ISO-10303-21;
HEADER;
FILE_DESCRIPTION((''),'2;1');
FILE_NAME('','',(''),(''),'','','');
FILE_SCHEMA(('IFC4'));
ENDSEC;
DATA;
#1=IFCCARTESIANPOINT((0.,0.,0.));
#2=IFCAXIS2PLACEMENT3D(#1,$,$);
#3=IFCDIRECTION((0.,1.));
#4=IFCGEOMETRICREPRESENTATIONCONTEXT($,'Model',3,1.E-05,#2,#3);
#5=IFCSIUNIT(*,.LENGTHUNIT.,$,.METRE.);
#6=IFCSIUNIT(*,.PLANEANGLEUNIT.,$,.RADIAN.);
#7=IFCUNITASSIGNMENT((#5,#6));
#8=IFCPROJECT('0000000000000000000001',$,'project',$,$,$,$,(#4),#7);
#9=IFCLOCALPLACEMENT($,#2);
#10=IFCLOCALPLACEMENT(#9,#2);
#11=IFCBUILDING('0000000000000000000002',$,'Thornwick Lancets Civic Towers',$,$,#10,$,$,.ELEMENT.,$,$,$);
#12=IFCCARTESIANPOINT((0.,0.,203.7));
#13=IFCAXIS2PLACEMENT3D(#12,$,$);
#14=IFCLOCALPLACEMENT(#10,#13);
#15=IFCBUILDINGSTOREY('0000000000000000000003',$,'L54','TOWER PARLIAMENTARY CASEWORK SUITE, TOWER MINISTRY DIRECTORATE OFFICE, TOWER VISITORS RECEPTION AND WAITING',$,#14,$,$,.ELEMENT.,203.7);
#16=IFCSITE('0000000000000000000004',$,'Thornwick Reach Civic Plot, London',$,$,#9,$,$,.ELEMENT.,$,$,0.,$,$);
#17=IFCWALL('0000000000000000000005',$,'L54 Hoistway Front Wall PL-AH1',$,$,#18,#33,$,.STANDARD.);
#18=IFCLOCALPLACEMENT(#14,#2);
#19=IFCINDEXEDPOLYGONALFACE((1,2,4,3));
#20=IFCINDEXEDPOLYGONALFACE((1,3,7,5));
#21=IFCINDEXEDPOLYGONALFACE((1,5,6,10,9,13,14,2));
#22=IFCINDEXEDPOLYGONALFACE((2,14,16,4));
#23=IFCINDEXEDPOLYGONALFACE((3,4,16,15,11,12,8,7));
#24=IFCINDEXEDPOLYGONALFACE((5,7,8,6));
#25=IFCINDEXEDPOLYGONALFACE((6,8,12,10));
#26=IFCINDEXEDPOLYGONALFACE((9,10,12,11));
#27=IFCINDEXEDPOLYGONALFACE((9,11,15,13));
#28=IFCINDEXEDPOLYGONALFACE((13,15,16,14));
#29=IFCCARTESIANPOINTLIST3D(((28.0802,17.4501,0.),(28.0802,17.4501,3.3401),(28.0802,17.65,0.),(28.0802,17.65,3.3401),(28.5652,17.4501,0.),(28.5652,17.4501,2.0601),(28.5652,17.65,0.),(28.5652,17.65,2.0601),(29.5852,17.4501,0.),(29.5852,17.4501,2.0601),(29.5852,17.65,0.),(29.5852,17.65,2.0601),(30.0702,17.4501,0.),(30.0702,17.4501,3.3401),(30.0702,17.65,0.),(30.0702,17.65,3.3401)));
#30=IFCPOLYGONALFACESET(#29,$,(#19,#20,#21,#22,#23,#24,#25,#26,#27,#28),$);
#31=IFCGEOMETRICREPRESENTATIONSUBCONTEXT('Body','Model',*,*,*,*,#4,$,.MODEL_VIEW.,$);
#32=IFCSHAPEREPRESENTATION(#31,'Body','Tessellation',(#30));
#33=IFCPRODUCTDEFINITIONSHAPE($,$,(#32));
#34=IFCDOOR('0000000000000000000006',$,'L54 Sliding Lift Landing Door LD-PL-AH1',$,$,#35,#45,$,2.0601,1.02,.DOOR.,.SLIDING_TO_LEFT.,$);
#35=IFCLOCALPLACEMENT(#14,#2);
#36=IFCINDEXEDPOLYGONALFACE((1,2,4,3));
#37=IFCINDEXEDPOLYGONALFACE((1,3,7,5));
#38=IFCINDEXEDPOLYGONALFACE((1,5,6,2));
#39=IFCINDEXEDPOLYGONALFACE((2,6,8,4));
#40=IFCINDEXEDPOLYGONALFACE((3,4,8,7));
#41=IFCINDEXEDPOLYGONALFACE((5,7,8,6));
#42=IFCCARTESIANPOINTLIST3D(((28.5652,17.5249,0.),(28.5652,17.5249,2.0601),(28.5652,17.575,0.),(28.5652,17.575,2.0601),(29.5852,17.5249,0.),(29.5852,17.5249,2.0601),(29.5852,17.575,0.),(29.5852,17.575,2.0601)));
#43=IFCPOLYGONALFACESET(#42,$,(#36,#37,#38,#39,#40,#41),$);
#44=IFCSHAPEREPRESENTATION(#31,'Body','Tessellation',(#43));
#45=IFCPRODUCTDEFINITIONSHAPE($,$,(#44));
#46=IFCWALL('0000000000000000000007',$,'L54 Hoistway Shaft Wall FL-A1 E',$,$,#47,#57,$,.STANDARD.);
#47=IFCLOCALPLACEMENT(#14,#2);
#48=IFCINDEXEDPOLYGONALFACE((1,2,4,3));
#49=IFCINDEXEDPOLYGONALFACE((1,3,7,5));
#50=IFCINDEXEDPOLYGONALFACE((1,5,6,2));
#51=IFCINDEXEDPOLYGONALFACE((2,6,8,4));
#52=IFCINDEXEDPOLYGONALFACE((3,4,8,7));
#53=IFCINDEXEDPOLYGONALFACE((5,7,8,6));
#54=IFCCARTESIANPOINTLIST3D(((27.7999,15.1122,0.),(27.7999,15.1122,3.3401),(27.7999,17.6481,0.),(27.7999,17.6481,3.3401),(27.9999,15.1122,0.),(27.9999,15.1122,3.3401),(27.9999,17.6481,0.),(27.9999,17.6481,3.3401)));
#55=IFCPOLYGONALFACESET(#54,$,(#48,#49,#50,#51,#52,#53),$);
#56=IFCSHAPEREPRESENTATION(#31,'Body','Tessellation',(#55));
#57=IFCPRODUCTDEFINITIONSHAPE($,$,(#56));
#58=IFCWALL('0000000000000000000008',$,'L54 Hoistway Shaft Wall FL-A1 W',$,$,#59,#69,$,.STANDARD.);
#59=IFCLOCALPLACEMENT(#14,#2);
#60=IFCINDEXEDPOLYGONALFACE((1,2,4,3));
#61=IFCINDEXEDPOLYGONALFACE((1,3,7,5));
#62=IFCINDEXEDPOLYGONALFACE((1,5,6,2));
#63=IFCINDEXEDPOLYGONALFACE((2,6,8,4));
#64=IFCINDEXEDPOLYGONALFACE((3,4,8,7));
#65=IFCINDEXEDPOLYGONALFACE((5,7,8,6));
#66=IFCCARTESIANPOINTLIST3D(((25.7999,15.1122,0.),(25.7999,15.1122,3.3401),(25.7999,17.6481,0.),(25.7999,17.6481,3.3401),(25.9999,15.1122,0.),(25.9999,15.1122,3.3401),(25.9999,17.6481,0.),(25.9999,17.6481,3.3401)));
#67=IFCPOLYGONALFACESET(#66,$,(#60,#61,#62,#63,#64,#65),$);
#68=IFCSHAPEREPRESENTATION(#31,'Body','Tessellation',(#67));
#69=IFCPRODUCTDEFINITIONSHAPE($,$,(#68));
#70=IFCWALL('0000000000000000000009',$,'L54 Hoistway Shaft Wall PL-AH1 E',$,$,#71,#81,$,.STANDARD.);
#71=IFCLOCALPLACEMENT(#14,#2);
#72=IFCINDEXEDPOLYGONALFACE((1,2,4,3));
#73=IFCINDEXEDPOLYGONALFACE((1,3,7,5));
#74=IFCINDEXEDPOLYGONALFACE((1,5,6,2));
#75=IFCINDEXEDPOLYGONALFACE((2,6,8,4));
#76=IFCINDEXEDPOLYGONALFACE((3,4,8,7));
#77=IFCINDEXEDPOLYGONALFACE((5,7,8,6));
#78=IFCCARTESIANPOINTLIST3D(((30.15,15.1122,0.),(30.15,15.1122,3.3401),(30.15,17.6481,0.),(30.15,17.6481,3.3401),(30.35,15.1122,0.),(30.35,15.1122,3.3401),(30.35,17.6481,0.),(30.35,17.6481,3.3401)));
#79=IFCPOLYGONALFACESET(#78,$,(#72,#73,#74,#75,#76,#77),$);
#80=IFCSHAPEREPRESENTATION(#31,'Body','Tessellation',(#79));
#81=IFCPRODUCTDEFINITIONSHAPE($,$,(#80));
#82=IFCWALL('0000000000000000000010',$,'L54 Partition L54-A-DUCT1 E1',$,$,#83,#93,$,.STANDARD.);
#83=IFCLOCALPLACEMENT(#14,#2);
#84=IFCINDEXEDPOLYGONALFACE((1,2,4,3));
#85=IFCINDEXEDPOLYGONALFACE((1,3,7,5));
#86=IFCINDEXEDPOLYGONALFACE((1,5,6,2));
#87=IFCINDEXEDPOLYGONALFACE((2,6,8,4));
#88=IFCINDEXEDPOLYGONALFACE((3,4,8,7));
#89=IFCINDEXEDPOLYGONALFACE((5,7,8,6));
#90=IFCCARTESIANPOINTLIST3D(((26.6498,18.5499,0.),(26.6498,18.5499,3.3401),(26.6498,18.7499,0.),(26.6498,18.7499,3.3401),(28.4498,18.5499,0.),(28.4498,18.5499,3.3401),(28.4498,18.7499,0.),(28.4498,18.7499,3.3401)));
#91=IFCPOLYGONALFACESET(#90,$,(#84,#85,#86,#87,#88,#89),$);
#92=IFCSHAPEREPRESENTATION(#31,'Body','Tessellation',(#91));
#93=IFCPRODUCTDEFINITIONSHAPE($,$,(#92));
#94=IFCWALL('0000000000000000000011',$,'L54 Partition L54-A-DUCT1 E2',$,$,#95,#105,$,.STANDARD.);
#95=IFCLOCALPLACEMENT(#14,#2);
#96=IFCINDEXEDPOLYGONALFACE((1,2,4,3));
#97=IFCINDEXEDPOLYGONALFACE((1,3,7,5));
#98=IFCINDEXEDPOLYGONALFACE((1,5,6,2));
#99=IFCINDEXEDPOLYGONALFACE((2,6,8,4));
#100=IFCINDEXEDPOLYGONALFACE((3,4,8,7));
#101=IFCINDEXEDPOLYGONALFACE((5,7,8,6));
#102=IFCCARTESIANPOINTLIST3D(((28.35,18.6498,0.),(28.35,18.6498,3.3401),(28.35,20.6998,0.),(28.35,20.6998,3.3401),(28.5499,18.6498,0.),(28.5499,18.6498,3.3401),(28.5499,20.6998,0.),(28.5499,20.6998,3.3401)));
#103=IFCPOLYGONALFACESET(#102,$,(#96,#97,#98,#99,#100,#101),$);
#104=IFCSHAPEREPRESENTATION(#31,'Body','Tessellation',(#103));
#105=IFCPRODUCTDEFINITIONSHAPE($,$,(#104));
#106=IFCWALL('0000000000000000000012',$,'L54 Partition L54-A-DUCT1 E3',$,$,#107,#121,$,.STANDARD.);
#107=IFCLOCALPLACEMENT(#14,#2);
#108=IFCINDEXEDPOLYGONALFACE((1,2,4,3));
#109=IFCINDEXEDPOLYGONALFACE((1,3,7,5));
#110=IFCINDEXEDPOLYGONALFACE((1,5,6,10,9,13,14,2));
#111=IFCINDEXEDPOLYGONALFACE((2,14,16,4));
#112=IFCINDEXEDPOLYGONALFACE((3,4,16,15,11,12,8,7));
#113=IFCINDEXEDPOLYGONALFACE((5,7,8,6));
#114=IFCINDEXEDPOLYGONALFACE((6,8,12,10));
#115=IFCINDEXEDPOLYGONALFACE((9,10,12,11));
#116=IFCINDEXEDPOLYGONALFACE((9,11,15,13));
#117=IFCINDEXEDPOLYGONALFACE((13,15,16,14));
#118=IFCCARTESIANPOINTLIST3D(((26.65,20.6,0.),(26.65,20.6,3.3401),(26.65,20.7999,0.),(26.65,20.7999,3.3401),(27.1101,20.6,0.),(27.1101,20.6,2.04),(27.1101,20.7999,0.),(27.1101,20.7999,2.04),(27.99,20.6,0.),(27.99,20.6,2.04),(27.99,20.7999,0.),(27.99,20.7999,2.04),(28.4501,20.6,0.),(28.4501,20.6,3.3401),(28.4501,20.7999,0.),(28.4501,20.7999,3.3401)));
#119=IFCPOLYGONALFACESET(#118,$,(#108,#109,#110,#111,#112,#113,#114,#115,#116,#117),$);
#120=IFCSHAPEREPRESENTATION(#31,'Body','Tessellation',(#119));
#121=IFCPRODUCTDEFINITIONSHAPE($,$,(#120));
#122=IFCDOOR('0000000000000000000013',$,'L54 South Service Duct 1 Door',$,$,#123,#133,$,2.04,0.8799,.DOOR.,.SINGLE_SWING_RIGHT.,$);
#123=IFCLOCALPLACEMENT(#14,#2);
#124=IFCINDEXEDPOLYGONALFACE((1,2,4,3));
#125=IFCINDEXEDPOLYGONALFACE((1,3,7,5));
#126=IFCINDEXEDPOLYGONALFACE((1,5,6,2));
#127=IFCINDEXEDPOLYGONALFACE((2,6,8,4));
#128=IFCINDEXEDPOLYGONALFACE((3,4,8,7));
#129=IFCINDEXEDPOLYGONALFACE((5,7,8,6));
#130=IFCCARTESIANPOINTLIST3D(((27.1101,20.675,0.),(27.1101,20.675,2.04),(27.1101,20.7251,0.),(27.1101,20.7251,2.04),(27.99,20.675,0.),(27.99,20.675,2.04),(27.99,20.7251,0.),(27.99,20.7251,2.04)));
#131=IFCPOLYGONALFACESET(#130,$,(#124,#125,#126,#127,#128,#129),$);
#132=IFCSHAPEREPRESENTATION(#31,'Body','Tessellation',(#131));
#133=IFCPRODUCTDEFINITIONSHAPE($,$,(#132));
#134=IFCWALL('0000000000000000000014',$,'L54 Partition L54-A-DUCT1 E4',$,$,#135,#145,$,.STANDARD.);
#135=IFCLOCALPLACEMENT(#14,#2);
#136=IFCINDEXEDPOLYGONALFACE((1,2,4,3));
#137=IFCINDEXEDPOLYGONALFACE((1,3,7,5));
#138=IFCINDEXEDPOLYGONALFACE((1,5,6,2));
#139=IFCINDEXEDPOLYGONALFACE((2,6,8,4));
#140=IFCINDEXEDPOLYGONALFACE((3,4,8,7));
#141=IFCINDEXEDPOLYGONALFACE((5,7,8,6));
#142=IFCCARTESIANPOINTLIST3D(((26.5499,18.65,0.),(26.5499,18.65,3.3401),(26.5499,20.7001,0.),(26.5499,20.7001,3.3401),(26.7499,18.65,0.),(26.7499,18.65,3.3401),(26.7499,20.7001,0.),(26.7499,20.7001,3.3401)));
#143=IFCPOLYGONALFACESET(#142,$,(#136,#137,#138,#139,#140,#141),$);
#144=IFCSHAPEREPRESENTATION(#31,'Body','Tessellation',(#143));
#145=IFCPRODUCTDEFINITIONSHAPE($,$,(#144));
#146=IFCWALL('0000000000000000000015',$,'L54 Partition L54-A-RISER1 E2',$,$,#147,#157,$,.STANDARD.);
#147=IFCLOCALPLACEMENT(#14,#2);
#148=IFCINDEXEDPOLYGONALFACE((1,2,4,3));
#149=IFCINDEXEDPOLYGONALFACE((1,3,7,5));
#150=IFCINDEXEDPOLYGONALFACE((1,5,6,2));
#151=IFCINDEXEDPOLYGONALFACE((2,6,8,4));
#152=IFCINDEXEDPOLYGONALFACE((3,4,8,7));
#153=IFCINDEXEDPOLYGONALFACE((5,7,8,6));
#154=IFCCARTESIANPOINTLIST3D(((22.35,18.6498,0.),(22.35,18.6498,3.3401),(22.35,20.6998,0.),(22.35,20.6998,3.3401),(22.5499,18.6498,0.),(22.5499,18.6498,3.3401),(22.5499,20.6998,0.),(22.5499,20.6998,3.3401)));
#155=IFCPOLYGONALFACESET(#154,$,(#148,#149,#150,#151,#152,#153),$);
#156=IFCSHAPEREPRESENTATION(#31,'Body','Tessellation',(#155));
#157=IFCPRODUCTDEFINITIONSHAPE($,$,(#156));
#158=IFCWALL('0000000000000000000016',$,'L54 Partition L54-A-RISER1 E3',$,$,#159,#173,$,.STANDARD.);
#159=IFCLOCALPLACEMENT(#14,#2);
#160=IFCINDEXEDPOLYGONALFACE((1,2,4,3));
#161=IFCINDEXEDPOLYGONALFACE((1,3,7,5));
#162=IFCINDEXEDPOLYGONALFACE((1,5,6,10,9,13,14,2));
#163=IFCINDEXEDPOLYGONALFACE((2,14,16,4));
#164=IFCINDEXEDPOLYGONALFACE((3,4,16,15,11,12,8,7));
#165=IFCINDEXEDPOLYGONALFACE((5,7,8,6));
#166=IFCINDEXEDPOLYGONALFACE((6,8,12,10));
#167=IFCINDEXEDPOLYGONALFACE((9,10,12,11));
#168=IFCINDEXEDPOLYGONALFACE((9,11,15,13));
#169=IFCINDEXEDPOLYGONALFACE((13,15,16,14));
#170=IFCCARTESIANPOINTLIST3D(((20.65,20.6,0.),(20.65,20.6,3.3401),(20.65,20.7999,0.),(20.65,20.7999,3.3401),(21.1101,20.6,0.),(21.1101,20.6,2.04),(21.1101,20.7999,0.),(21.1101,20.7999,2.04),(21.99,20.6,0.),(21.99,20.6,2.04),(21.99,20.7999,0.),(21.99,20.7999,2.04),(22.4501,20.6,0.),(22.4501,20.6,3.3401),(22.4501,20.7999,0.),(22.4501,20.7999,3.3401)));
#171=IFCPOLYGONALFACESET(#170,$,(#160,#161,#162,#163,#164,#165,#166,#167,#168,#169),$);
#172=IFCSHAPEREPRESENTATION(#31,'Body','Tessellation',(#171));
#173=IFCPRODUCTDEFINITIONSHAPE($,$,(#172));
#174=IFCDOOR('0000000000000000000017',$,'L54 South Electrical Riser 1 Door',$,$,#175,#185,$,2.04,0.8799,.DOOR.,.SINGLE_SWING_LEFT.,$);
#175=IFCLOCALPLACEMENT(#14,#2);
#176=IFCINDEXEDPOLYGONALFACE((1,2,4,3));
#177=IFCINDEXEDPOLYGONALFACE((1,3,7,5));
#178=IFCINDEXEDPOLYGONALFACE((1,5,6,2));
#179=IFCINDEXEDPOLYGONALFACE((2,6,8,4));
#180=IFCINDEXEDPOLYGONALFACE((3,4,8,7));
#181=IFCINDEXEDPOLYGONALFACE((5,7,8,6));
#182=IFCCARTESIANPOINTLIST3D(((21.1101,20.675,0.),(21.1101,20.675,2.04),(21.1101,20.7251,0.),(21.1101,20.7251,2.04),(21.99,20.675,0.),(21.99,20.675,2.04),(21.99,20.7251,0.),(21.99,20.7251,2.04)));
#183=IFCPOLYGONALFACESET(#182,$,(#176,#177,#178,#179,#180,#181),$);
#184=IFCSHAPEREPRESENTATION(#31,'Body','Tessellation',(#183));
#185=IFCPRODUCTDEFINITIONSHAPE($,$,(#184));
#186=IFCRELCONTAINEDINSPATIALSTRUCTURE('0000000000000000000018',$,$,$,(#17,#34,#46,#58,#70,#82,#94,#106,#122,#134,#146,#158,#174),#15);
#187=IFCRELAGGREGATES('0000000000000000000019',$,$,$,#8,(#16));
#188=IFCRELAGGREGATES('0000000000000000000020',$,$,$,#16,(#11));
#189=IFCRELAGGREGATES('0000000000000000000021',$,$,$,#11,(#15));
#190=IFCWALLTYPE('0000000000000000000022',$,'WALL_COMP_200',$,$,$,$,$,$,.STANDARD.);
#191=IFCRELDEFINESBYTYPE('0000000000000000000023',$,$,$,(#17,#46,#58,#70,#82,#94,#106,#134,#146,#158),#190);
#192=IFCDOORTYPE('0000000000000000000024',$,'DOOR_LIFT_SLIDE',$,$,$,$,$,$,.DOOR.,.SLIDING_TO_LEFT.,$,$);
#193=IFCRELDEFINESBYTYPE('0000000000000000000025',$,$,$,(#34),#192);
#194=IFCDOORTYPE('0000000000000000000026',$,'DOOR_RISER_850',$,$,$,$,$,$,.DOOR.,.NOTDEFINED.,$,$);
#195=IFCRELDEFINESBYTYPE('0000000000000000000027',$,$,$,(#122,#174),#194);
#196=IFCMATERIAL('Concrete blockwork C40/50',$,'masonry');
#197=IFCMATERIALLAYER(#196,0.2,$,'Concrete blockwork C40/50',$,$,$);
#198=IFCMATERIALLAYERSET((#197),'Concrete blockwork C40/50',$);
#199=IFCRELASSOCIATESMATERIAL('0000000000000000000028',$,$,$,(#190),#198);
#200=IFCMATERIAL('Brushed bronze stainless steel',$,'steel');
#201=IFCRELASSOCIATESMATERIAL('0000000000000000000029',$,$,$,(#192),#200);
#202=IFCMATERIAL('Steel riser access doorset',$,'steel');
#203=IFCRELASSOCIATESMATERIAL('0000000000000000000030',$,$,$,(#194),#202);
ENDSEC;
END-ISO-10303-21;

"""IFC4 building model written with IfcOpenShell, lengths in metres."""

from ifc_helpers import new_model, si_unit, direction, frame, frame_2d, origin, place, context, subcontext, project, spatial, rectangle, extrude, material, layer, layer_set, type_object, element, fill, save


model = new_model("IFC4")

# Units and contexts
model_context = context("Model", 3, precision=1e-05, world=origin(), true_north=direction((0.0, 1.0)))
body_context = subcontext(model_context, "Body", "Model", "MODEL_VIEW")
ifc_project = project(units=[si_unit("LENGTHUNIT", "METRE"), si_unit("PLANEANGLEUNIT", "RADIAN")], contexts=[model_context])

# Site, building, storey
site_placement = place(None, origin())
site = spatial("IfcSite", under=ifc_project, at=site_placement, Name="Thornwick Reach Civic Plot, London", CompositionType="ELEMENT", RefElevation=0.0)
building_placement = place(site_placement, origin())
building = spatial("IfcBuilding", under=site, at=building_placement, Name="Thornwick Lancets Civic Towers", CompositionType="ELEMENT")
storey_placement = place(building_placement, frame((0.0, 0.0, 203.7)))
storey = spatial("IfcBuildingStorey", under=building, at=storey_placement, Name="L54", Description="TOWER PARLIAMENTARY CASEWORK SUITE, TOWER MINISTRY DIRECTORATE OFFICE, TOWER VISITORS RECEPTION AND WAITING", CompositionType="ELEMENT", Elevation=203.7)

# Wall, opening, door
ifc_material_1 = material(Name="Concrete blockwork C40/50", Category="masonry")
ifc_layer_1 = layer(ifc_material_1, 0.2, Name="Concrete blockwork C40/50")
ifc_layer_set_1 = layer_set([ifc_layer_1], Name="Concrete blockwork C40/50")
wall_type_1 = type_object("IfcWallType", Name="WALL_COMP_200", PredefinedType="STANDARD", material=ifc_layer_set_1)
ifc_material_2 = material(Name="Brushed bronze stainless steel", Category="steel")
door_type_1 = type_object("IfcDoorType", Name="DOOR_LIFT_SLIDE", OperationType="SLIDING_TO_LEFT", PredefinedType="DOOR", material=ifc_material_2)
wall_1_placement = place(storey_placement, frame((28.0801, 17.55, 0.0), z_axis=(0.0, 0.0, 1.0), x_axis=(1.0, 0.0, 0.0)))
wall_1 = element("IfcWall", 1, at=wall_1_placement, inside=storey, type_object=wall_type_1, Name="L54 Hoistway Front Wall PL-AH1", PredefinedType="STANDARD", context=body_context, shape_type="SweptSolid", body=[
    extrude(rectangle(XDim=1.99, YDim=0.2, at=frame_2d((0.9951, 0.0))), origin(), (0.0, 0.0, 1.0), 3.3401),
])
opening_1_placement = place(wall_1_placement, frame((0.4851, 0.0, 0.0)))
opening_1 = element("IfcOpeningElement", 2, at=opening_1_placement, cuts=wall_1, PredefinedType="OPENING", context=body_context, shape_type="SweptSolid", body=[
    extrude(rectangle(XDim=1.02, YDim=2.0601, at=frame_2d((0.51, 1.03))), frame((0.0, 0.1099, 0.0), z_axis=(0.0, -1.0, 0.0), x_axis=(1.0, 0.0, 0.0)), (0.0, 0.0, 1.0), 0.22),
])
door_1_placement = place(opening_1_placement, origin())
door_1 = element("IfcDoor", 3, at=door_1_placement, inside=storey, type_object=door_type_1, Name="L54 Sliding Lift Landing Door LD-PL-AH1", OperationType="SLIDING_TO_LEFT", OverallHeight=2.0601, OverallWidth=1.02, PredefinedType="DOOR", context=body_context, shape_type="SweptSolid", body=[
    extrude(rectangle(XDim=1.02, YDim=2.0601, at=frame_2d((0.51, 1.03))), frame((0.0, 0.0249, 0.0), z_axis=(0.0, -1.0, 0.0), x_axis=(1.0, 0.0, 0.0)), (0.0, 0.0, 1.0), 0.05),
])
fill(opening_1, door_1)

# Walls
for number, where, z_axis, x_axis, name in (
    (4, (27.8999, 15.1121, 0.0), (0.0, 0.0, 1.0), (0.0, 1.0, 0.0), "L54 Hoistway Shaft Wall FL-A1 E"),
    (5, (25.8999, 15.1121, 0.0), (0.0, 0.0, 1.0), (0.0, 1.0, 0.0), "L54 Hoistway Shaft Wall FL-A1 W"),
    (6, (30.25, 15.1121, 0.0), (0.0, 0.0, 1.0), (0.0, 1.0, 0.0), "L54 Hoistway Shaft Wall PL-AH1 E"),
):
    element("IfcWall", number, at=place(storey_placement, frame(where, z_axis=z_axis, x_axis=x_axis)), inside=storey, type_object=wall_type_1, Name=name, PredefinedType="STANDARD", context=body_context, shape_type="SweptSolid", body=[
        extrude(rectangle(XDim=2.5359, YDim=0.2, at=frame_2d((1.2681, 0.0))), origin(), (0.0, 0.0, 1.0), 3.3401),
    ])
wall_2_placement = place(storey_placement, frame((26.6499, 18.6499, 0.0), z_axis=(0.0, 0.0, 1.0), x_axis=(1.0, 0.0, 0.0)))
element("IfcWall", 7, at=wall_2_placement, inside=storey, type_object=wall_type_1, Name="L54 Partition L54-A-DUCT1 E1", PredefinedType="STANDARD", context=body_context, shape_type="SweptSolid", body=[
    extrude(rectangle(XDim=1.8, YDim=0.2, at=frame_2d((0.8999, 0.0))), origin(), (0.0, 0.0, 1.0), 3.3401),
])
wall_3_placement = place(storey_placement, frame((28.45, 18.6499, 0.0), z_axis=(0.0, 0.0, 1.0), x_axis=(0.0, 1.0, 0.0)))
element("IfcWall", 8, at=wall_3_placement, inside=storey, type_object=wall_type_1, Name="L54 Partition L54-A-DUCT1 E2", PredefinedType="STANDARD", context=body_context, shape_type="SweptSolid", body=[
    extrude(rectangle(XDim=2.05, YDim=0.2, at=frame_2d((1.0249, 0.0))), origin(), (0.0, 0.0, 1.0), 3.3401),
])

# Wall, opening, door
wall_4_placement = place(storey_placement, frame((28.45, 20.7, 0.0), z_axis=(0.0, 0.0, 1.0), x_axis=(-1.0, 0.0, 0.0)))
wall_4 = element("IfcWall", 9, at=wall_4_placement, inside=storey, type_object=wall_type_1, Name="L54 Partition L54-A-DUCT1 E3", PredefinedType="STANDARD", context=body_context, shape_type="SweptSolid", body=[
    extrude(rectangle(XDim=1.8, YDim=0.2, at=frame_2d((0.8999, 0.0))), origin(), (0.0, 0.0, 1.0), 3.3401),
])
opening_2_placement = place(wall_4_placement, frame((0.46, 0.0, 0.0)))
opening_2 = element("IfcOpeningElement", 10, at=opening_2_placement, cuts=wall_4, PredefinedType="OPENING", context=body_context, shape_type="SweptSolid", body=[
    extrude(rectangle(XDim=0.8799, YDim=2.04, at=frame_2d((0.4399, 1.02))), frame((0.0, 0.1099, 0.0), z_axis=(0.0, -1.0, 0.0), x_axis=(1.0, 0.0, 0.0)), (0.0, 0.0, 1.0), 0.22),
])
ifc_material_3 = material(Name="Steel riser access doorset", Category="steel")
door_type_2 = type_object("IfcDoorType", Name="DOOR_RISER_850", OperationType="NOTDEFINED", PredefinedType="DOOR", material=ifc_material_3)
door_2_placement = place(opening_2_placement, origin())
door_2 = element("IfcDoor", 11, at=door_2_placement, inside=storey, type_object=door_type_2, Name="L54 South Service Duct 1 Door", OperationType="SINGLE_SWING_RIGHT", OverallHeight=2.04, OverallWidth=0.8799, PredefinedType="DOOR", context=body_context, shape_type="SweptSolid", body=[
    extrude(rectangle(XDim=0.8799, YDim=2.04, at=frame_2d((0.4399, 1.02))), frame((0.0, 0.0249, 0.0), z_axis=(0.0, -1.0, 0.0), x_axis=(1.0, 0.0, 0.0)), (0.0, 0.0, 1.0), 0.05),
])
fill(opening_2, door_2)

# Walls
for number, where, z_axis, x_axis, name in (
    (12, (26.6499, 20.7, 0.0), (0.0, 0.0, 1.0), (0.0, -1.0, 0.0), "L54 Partition L54-A-DUCT1 E4"),
    (13, (22.45, 18.6499, 0.0), (0.0, 0.0, 1.0), (0.0, 1.0, 0.0), "L54 Partition L54-A-RISER1 E2"),
):
    element("IfcWall", number, at=place(storey_placement, frame(where, z_axis=z_axis, x_axis=x_axis)), inside=storey, type_object=wall_type_1, Name=name, PredefinedType="STANDARD", context=body_context, shape_type="SweptSolid", body=[
        extrude(rectangle(XDim=2.05, YDim=0.2, at=frame_2d((1.0249, 0.0))), origin(), (0.0, 0.0, 1.0), 3.3401),
    ])

# Wall, opening, door
wall_5_placement = place(storey_placement, frame((22.45, 20.7, 0.0), z_axis=(0.0, 0.0, 1.0), x_axis=(-1.0, 0.0, 0.0)))
wall_5 = element("IfcWall", 14, at=wall_5_placement, inside=storey, type_object=wall_type_1, Name="L54 Partition L54-A-RISER1 E3", PredefinedType="STANDARD", context=body_context, shape_type="SweptSolid", body=[
    extrude(rectangle(XDim=1.8, YDim=0.2, at=frame_2d((0.8999, 0.0))), origin(), (0.0, 0.0, 1.0), 3.3401),
])
opening_3_placement = place(wall_5_placement, frame((0.46, 0.0, 0.0)))
opening_3 = element("IfcOpeningElement", 15, at=opening_3_placement, cuts=wall_5, PredefinedType="OPENING", context=body_context, shape_type="SweptSolid", body=[
    extrude(rectangle(XDim=0.8799, YDim=2.04, at=frame_2d((0.4399, 1.02))), frame((0.0, 0.1099, 0.0), z_axis=(0.0, -1.0, 0.0), x_axis=(1.0, 0.0, 0.0)), (0.0, 0.0, 1.0), 0.22),
])
door_3_placement = place(opening_3_placement, origin())
door_3 = element("IfcDoor", 16, at=door_3_placement, inside=storey, type_object=door_type_2, Name="L54 South Electrical Riser 1 Door", OperationType="SINGLE_SWING_LEFT", OverallHeight=2.04, OverallWidth=0.8799, PredefinedType="DOOR", context=body_context, shape_type="SweptSolid", body=[
    extrude(rectangle(XDim=0.8799, YDim=2.04, at=frame_2d((0.4399, 1.02))), frame((0.0, 0.0249, 0.0), z_axis=(0.0, -1.0, 0.0), x_axis=(1.0, 0.0, 0.0)), (0.0, 0.0, 1.0), 0.05),
])
fill(opening_3, door_3)

save(model, "model.ifc")
